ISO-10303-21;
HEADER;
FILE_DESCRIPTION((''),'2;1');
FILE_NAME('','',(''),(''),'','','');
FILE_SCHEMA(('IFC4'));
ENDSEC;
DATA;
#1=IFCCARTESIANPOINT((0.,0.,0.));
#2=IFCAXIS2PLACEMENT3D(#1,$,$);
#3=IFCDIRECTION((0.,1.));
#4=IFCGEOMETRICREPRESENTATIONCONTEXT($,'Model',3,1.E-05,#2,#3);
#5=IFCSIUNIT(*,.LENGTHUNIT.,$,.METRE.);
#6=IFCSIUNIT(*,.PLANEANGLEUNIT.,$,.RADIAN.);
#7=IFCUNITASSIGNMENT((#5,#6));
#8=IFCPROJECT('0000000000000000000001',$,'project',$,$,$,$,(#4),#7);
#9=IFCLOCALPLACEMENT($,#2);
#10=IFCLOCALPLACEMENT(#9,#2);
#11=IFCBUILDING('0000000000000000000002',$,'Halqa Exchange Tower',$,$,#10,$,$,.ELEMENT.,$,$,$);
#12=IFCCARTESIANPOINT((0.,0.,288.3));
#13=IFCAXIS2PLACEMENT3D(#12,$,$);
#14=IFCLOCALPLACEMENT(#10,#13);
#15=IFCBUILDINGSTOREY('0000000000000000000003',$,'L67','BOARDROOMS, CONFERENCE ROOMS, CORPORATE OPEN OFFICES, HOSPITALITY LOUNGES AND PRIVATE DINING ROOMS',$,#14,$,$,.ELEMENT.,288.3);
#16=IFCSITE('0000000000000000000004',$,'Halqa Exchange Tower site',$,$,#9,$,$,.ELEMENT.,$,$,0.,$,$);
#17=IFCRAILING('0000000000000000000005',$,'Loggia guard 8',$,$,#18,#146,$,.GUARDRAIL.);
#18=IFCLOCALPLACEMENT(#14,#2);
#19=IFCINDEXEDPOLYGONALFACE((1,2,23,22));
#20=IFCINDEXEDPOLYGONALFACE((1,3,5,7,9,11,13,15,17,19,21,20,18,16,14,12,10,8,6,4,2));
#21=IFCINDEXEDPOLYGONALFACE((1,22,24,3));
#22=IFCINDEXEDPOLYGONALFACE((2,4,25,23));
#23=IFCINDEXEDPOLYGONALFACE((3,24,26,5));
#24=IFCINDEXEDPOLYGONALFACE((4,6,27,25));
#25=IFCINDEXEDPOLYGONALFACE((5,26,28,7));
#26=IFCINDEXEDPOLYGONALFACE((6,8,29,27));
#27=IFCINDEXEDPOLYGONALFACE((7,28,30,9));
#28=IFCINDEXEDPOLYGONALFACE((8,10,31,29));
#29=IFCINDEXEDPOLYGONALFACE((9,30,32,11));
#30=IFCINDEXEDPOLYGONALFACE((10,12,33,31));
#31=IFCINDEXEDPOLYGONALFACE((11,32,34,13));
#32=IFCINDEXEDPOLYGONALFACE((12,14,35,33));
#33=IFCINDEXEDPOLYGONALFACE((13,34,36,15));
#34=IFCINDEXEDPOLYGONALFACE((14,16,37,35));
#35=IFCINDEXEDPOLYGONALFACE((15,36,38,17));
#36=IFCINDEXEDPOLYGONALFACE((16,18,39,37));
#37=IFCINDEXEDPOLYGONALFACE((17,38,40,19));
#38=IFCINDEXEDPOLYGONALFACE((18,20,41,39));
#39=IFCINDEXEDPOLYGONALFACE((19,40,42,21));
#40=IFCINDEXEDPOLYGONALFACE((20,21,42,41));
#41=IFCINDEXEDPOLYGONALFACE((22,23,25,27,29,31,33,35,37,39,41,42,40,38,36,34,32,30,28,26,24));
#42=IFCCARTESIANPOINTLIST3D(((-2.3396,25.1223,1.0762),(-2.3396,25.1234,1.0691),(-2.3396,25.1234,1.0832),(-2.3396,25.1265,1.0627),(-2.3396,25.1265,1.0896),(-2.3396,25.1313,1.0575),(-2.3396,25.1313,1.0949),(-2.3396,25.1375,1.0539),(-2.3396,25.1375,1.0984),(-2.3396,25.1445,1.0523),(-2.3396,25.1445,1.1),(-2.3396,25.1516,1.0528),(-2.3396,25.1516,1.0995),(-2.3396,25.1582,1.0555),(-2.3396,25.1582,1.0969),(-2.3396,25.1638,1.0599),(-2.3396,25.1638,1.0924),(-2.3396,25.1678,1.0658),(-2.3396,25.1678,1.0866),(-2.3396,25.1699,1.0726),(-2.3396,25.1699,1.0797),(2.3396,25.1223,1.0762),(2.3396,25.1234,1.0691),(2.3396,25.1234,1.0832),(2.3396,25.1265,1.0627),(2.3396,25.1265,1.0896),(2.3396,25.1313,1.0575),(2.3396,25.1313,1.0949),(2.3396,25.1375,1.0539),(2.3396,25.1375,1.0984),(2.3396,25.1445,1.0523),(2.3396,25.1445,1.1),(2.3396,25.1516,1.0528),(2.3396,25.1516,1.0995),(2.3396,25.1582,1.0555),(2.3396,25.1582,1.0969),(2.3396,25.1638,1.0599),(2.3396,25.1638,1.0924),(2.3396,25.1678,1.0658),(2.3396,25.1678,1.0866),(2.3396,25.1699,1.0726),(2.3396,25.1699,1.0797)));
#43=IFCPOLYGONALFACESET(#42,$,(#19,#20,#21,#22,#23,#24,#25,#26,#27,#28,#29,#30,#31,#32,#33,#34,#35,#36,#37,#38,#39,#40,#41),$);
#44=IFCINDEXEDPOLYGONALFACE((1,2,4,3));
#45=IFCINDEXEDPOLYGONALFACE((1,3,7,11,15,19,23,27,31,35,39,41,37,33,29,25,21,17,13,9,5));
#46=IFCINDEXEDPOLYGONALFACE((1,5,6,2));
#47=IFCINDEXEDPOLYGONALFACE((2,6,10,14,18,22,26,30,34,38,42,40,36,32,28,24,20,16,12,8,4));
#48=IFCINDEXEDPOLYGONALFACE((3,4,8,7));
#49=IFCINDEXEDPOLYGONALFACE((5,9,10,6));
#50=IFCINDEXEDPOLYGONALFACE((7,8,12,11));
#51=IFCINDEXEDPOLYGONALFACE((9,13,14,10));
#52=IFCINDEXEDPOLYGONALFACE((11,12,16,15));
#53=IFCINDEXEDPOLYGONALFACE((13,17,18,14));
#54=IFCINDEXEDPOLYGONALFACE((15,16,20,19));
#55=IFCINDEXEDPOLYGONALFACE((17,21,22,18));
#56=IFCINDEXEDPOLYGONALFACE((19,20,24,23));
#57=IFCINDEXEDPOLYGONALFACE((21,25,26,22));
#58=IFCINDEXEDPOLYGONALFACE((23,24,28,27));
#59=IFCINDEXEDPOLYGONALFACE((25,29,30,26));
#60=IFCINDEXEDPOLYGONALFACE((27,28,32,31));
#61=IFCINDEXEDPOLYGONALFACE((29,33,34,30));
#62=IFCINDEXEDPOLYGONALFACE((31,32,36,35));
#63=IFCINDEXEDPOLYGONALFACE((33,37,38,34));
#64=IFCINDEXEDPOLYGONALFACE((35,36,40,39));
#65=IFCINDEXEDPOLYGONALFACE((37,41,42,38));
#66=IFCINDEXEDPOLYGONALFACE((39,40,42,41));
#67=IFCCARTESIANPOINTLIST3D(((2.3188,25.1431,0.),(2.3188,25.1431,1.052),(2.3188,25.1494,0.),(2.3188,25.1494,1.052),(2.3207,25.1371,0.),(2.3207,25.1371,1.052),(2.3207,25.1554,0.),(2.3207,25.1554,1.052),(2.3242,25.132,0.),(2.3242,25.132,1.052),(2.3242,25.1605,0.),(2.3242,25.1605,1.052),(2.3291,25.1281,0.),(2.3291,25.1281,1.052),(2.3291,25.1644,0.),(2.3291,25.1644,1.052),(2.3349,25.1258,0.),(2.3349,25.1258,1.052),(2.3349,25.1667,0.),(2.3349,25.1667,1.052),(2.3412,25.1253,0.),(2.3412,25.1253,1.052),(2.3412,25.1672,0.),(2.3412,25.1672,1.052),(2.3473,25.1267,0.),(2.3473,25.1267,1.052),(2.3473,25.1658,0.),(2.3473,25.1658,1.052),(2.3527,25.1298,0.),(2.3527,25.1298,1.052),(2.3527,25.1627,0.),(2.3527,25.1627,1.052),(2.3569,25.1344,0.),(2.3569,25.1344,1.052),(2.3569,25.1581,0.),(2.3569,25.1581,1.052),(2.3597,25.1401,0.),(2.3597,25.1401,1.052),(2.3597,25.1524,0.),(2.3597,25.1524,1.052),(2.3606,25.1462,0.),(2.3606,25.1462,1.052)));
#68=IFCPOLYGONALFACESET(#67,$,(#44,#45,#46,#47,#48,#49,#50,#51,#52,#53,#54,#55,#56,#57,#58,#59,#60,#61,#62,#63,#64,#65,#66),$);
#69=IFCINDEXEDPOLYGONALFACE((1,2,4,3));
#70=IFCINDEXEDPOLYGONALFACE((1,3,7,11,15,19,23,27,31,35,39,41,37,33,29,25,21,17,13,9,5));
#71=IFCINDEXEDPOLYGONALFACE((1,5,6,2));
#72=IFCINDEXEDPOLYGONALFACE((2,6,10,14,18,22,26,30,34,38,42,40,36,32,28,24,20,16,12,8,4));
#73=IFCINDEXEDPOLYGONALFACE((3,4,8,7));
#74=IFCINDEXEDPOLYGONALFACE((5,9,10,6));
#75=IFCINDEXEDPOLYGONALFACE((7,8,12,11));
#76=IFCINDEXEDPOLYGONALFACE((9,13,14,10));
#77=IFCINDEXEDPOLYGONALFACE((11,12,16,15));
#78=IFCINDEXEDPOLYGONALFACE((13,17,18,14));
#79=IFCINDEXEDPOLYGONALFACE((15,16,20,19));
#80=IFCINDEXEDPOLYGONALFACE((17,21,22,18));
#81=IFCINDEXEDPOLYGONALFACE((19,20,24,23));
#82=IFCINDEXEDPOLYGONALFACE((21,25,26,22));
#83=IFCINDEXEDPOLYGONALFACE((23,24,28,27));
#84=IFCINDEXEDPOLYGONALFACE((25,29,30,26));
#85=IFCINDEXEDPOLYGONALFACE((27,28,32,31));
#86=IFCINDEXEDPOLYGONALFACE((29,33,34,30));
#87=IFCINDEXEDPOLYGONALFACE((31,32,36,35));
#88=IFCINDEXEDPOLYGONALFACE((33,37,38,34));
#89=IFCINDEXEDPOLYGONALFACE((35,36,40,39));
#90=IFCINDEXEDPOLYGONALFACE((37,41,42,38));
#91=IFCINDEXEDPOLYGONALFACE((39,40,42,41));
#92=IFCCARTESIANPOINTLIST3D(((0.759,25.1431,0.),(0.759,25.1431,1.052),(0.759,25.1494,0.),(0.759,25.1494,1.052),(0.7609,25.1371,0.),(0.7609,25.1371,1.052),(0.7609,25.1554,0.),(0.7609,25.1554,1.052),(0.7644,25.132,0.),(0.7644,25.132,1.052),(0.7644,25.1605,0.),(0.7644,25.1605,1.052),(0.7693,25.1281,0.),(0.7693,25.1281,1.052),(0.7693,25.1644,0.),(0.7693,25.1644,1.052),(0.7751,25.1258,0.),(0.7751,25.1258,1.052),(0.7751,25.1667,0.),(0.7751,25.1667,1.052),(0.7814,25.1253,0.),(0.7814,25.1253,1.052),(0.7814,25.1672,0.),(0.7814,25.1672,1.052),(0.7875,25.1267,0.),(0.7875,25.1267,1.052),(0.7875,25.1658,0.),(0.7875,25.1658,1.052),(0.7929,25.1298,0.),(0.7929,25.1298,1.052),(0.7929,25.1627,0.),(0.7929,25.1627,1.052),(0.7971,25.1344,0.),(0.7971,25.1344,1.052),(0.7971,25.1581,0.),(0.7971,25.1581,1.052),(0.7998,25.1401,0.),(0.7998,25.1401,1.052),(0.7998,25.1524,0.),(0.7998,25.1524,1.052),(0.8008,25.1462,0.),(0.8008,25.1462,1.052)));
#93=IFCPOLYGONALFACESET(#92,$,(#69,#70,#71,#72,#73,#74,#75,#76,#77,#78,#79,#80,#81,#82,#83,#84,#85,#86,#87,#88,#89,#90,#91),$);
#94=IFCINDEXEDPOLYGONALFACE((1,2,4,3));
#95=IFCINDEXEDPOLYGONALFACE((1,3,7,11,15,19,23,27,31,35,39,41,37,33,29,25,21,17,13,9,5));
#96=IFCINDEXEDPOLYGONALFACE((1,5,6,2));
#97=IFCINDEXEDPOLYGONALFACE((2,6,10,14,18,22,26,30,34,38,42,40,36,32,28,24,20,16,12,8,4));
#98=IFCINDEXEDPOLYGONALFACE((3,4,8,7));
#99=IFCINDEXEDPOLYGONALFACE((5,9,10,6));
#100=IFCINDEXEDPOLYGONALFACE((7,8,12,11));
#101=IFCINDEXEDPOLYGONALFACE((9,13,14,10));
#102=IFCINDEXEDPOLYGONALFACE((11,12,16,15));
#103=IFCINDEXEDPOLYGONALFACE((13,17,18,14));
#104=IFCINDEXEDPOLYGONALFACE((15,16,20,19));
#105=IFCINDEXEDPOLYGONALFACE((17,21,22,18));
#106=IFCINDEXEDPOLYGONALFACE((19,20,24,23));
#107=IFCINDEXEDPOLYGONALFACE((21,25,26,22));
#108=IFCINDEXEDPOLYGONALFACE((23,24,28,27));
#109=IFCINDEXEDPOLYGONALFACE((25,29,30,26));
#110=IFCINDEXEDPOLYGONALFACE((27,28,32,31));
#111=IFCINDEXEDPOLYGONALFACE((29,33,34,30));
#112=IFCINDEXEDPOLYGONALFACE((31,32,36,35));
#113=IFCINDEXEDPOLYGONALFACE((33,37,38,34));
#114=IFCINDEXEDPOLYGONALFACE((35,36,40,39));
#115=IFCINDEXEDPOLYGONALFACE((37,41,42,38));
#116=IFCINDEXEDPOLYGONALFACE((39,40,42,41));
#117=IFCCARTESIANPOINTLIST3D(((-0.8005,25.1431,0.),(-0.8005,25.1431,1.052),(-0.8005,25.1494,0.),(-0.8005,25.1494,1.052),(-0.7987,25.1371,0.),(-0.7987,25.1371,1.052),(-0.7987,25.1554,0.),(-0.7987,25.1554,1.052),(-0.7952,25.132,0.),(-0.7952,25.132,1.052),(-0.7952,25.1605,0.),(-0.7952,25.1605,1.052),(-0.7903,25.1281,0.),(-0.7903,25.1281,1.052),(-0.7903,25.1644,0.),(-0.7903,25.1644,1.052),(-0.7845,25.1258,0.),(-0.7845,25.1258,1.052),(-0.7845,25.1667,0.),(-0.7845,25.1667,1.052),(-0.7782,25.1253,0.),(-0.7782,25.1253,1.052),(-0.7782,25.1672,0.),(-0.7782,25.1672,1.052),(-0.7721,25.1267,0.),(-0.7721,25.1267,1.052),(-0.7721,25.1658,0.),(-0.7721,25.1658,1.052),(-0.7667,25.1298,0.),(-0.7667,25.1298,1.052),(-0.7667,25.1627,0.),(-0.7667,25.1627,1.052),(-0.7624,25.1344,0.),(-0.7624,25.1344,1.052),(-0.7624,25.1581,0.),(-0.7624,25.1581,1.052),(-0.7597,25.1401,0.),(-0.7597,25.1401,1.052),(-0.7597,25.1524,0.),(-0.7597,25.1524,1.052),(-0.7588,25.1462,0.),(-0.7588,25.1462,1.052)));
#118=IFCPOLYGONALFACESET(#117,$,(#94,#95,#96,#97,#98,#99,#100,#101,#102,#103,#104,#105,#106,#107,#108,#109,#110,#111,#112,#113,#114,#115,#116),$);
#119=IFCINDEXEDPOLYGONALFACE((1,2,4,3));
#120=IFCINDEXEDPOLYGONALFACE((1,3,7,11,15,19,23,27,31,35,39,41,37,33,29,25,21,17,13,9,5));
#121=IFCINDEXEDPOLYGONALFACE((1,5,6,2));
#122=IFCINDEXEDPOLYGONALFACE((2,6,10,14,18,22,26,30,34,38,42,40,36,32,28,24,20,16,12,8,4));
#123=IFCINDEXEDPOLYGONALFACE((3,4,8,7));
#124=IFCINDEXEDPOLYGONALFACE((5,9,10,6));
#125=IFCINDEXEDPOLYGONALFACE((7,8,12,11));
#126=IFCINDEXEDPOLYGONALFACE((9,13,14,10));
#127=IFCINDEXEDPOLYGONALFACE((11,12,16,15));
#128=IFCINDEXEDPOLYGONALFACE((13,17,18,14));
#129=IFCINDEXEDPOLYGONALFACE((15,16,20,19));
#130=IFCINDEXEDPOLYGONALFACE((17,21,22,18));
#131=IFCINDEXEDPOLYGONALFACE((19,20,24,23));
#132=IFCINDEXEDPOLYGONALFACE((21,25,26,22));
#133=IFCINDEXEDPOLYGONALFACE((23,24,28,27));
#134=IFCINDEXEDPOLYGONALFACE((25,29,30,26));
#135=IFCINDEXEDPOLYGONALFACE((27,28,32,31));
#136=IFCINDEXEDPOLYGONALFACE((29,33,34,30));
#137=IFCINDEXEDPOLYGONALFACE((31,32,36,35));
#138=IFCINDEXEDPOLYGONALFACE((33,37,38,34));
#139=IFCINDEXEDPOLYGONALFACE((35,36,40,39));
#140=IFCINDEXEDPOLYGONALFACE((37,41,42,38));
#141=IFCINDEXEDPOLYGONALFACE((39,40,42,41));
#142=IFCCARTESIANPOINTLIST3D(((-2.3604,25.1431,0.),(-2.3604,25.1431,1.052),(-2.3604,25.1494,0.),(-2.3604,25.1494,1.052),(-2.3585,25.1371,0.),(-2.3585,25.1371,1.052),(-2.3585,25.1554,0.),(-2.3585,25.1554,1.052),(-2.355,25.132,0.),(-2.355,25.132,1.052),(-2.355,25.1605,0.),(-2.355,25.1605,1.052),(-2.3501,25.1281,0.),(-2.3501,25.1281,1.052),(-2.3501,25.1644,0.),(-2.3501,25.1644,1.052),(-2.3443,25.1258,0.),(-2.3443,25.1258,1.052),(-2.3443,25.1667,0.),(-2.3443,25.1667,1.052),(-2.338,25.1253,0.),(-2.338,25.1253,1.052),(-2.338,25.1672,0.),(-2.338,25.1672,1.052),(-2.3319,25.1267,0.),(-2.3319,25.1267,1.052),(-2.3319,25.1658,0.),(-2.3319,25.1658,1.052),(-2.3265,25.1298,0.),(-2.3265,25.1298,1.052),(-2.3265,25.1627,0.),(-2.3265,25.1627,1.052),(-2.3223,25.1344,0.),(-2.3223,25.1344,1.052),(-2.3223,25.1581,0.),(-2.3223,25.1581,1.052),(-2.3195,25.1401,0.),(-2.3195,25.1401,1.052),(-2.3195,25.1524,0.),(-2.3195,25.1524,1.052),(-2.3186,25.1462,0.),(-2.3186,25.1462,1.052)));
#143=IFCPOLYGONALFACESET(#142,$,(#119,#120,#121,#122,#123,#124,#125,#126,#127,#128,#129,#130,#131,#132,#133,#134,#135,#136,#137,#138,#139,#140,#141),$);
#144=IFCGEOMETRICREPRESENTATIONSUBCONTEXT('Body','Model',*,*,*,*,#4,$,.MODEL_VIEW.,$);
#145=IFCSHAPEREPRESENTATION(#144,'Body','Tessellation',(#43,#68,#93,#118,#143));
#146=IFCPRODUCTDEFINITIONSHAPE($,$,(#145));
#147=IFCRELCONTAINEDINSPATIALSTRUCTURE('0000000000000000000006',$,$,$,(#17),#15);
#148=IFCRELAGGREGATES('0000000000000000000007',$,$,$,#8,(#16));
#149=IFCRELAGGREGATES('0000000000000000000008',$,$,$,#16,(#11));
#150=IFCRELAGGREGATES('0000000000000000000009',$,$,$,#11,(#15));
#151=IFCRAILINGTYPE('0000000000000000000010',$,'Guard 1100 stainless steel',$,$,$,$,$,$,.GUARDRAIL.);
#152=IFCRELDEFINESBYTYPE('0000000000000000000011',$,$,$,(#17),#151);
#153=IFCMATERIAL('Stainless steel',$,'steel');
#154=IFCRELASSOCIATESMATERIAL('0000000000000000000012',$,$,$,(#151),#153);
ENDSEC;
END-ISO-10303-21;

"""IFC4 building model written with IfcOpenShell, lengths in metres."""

from ifc_helpers import new_model, si_unit, direction, frame, origin, origin_2d, place, context, subcontext, project, spatial, circle, extrude, material, type_object, element, save


model = new_model("IFC4")

# Units and contexts
model_context = context("Model", 3, precision=1e-05, world=origin(), true_north=direction((0.0, 1.0)))
body_context = subcontext(model_context, "Body", "Model", "MODEL_VIEW")
ifc_project = project(units=[si_unit("LENGTHUNIT", "METRE"), si_unit("PLANEANGLEUNIT", "RADIAN")], contexts=[model_context])

# Site, building, storey
site_placement = place(None, origin())
site = spatial("IfcSite", under=ifc_project, at=site_placement, Name="Halqa Exchange Tower site", CompositionType="ELEMENT", RefElevation=0.0)
building_placement = place(site_placement, origin())
building = spatial("IfcBuilding", under=site, at=building_placement, Name="Halqa Exchange Tower", CompositionType="ELEMENT")
storey_placement = place(building_placement, frame((0.0, 0.0, 288.3)))
storey = spatial("IfcBuildingStorey", under=building, at=storey_placement, Name="L67", Description="BOARDROOMS, CONFERENCE ROOMS, CORPORATE OPEN OFFICES, HOSPITALITY LOUNGES AND PRIVATE DINING ROOMS", CompositionType="ELEMENT", Elevation=288.3)

# Railing
ifc_material_1 = material(Name="Stainless steel", Category="steel")
railing_type_1 = type_object("IfcRailingType", Name="Guard 1100 stainless steel", PredefinedType="GUARDRAIL", material=ifc_material_1)
railing_1_placement = place(storey_placement, frame((2.3396, 25.1462, 0.0)))
element("IfcRailing", 1, at=railing_1_placement, inside=storey, type_object=railing_type_1, Name="Loggia guard 8", PredefinedType="GUARDRAIL", context=body_context, shape_type="SweptSolid", body=[
    extrude(circle(Radius=0.0239, at=origin_2d()), frame((0.0, 0.0, 1.0762), z_axis=(-1.0, 0.0, 0.0), x_axis=(0.0, -1.0, 0.0)), (0.0, 0.0, 1.0), 4.6792),
    extrude(circle(Radius=0.021, at=origin_2d()), origin(), (0.0, 0.0, 1.0), 1.052),
    extrude(circle(Radius=0.021, at=origin_2d()), frame((-1.5598, 0.0, 0.0)), (0.0, 0.0, 1.0), 1.052),
    extrude(circle(Radius=0.021, at=origin_2d()), frame((-3.1194, 0.0, 0.0)), (0.0, 0.0, 1.0), 1.052),
    extrude(circle(Radius=0.021, at=origin_2d()), frame((-4.6792, 0.0, 0.0)), (0.0, 0.0, 1.0), 1.052),
])

save(model, "model.ifc")
